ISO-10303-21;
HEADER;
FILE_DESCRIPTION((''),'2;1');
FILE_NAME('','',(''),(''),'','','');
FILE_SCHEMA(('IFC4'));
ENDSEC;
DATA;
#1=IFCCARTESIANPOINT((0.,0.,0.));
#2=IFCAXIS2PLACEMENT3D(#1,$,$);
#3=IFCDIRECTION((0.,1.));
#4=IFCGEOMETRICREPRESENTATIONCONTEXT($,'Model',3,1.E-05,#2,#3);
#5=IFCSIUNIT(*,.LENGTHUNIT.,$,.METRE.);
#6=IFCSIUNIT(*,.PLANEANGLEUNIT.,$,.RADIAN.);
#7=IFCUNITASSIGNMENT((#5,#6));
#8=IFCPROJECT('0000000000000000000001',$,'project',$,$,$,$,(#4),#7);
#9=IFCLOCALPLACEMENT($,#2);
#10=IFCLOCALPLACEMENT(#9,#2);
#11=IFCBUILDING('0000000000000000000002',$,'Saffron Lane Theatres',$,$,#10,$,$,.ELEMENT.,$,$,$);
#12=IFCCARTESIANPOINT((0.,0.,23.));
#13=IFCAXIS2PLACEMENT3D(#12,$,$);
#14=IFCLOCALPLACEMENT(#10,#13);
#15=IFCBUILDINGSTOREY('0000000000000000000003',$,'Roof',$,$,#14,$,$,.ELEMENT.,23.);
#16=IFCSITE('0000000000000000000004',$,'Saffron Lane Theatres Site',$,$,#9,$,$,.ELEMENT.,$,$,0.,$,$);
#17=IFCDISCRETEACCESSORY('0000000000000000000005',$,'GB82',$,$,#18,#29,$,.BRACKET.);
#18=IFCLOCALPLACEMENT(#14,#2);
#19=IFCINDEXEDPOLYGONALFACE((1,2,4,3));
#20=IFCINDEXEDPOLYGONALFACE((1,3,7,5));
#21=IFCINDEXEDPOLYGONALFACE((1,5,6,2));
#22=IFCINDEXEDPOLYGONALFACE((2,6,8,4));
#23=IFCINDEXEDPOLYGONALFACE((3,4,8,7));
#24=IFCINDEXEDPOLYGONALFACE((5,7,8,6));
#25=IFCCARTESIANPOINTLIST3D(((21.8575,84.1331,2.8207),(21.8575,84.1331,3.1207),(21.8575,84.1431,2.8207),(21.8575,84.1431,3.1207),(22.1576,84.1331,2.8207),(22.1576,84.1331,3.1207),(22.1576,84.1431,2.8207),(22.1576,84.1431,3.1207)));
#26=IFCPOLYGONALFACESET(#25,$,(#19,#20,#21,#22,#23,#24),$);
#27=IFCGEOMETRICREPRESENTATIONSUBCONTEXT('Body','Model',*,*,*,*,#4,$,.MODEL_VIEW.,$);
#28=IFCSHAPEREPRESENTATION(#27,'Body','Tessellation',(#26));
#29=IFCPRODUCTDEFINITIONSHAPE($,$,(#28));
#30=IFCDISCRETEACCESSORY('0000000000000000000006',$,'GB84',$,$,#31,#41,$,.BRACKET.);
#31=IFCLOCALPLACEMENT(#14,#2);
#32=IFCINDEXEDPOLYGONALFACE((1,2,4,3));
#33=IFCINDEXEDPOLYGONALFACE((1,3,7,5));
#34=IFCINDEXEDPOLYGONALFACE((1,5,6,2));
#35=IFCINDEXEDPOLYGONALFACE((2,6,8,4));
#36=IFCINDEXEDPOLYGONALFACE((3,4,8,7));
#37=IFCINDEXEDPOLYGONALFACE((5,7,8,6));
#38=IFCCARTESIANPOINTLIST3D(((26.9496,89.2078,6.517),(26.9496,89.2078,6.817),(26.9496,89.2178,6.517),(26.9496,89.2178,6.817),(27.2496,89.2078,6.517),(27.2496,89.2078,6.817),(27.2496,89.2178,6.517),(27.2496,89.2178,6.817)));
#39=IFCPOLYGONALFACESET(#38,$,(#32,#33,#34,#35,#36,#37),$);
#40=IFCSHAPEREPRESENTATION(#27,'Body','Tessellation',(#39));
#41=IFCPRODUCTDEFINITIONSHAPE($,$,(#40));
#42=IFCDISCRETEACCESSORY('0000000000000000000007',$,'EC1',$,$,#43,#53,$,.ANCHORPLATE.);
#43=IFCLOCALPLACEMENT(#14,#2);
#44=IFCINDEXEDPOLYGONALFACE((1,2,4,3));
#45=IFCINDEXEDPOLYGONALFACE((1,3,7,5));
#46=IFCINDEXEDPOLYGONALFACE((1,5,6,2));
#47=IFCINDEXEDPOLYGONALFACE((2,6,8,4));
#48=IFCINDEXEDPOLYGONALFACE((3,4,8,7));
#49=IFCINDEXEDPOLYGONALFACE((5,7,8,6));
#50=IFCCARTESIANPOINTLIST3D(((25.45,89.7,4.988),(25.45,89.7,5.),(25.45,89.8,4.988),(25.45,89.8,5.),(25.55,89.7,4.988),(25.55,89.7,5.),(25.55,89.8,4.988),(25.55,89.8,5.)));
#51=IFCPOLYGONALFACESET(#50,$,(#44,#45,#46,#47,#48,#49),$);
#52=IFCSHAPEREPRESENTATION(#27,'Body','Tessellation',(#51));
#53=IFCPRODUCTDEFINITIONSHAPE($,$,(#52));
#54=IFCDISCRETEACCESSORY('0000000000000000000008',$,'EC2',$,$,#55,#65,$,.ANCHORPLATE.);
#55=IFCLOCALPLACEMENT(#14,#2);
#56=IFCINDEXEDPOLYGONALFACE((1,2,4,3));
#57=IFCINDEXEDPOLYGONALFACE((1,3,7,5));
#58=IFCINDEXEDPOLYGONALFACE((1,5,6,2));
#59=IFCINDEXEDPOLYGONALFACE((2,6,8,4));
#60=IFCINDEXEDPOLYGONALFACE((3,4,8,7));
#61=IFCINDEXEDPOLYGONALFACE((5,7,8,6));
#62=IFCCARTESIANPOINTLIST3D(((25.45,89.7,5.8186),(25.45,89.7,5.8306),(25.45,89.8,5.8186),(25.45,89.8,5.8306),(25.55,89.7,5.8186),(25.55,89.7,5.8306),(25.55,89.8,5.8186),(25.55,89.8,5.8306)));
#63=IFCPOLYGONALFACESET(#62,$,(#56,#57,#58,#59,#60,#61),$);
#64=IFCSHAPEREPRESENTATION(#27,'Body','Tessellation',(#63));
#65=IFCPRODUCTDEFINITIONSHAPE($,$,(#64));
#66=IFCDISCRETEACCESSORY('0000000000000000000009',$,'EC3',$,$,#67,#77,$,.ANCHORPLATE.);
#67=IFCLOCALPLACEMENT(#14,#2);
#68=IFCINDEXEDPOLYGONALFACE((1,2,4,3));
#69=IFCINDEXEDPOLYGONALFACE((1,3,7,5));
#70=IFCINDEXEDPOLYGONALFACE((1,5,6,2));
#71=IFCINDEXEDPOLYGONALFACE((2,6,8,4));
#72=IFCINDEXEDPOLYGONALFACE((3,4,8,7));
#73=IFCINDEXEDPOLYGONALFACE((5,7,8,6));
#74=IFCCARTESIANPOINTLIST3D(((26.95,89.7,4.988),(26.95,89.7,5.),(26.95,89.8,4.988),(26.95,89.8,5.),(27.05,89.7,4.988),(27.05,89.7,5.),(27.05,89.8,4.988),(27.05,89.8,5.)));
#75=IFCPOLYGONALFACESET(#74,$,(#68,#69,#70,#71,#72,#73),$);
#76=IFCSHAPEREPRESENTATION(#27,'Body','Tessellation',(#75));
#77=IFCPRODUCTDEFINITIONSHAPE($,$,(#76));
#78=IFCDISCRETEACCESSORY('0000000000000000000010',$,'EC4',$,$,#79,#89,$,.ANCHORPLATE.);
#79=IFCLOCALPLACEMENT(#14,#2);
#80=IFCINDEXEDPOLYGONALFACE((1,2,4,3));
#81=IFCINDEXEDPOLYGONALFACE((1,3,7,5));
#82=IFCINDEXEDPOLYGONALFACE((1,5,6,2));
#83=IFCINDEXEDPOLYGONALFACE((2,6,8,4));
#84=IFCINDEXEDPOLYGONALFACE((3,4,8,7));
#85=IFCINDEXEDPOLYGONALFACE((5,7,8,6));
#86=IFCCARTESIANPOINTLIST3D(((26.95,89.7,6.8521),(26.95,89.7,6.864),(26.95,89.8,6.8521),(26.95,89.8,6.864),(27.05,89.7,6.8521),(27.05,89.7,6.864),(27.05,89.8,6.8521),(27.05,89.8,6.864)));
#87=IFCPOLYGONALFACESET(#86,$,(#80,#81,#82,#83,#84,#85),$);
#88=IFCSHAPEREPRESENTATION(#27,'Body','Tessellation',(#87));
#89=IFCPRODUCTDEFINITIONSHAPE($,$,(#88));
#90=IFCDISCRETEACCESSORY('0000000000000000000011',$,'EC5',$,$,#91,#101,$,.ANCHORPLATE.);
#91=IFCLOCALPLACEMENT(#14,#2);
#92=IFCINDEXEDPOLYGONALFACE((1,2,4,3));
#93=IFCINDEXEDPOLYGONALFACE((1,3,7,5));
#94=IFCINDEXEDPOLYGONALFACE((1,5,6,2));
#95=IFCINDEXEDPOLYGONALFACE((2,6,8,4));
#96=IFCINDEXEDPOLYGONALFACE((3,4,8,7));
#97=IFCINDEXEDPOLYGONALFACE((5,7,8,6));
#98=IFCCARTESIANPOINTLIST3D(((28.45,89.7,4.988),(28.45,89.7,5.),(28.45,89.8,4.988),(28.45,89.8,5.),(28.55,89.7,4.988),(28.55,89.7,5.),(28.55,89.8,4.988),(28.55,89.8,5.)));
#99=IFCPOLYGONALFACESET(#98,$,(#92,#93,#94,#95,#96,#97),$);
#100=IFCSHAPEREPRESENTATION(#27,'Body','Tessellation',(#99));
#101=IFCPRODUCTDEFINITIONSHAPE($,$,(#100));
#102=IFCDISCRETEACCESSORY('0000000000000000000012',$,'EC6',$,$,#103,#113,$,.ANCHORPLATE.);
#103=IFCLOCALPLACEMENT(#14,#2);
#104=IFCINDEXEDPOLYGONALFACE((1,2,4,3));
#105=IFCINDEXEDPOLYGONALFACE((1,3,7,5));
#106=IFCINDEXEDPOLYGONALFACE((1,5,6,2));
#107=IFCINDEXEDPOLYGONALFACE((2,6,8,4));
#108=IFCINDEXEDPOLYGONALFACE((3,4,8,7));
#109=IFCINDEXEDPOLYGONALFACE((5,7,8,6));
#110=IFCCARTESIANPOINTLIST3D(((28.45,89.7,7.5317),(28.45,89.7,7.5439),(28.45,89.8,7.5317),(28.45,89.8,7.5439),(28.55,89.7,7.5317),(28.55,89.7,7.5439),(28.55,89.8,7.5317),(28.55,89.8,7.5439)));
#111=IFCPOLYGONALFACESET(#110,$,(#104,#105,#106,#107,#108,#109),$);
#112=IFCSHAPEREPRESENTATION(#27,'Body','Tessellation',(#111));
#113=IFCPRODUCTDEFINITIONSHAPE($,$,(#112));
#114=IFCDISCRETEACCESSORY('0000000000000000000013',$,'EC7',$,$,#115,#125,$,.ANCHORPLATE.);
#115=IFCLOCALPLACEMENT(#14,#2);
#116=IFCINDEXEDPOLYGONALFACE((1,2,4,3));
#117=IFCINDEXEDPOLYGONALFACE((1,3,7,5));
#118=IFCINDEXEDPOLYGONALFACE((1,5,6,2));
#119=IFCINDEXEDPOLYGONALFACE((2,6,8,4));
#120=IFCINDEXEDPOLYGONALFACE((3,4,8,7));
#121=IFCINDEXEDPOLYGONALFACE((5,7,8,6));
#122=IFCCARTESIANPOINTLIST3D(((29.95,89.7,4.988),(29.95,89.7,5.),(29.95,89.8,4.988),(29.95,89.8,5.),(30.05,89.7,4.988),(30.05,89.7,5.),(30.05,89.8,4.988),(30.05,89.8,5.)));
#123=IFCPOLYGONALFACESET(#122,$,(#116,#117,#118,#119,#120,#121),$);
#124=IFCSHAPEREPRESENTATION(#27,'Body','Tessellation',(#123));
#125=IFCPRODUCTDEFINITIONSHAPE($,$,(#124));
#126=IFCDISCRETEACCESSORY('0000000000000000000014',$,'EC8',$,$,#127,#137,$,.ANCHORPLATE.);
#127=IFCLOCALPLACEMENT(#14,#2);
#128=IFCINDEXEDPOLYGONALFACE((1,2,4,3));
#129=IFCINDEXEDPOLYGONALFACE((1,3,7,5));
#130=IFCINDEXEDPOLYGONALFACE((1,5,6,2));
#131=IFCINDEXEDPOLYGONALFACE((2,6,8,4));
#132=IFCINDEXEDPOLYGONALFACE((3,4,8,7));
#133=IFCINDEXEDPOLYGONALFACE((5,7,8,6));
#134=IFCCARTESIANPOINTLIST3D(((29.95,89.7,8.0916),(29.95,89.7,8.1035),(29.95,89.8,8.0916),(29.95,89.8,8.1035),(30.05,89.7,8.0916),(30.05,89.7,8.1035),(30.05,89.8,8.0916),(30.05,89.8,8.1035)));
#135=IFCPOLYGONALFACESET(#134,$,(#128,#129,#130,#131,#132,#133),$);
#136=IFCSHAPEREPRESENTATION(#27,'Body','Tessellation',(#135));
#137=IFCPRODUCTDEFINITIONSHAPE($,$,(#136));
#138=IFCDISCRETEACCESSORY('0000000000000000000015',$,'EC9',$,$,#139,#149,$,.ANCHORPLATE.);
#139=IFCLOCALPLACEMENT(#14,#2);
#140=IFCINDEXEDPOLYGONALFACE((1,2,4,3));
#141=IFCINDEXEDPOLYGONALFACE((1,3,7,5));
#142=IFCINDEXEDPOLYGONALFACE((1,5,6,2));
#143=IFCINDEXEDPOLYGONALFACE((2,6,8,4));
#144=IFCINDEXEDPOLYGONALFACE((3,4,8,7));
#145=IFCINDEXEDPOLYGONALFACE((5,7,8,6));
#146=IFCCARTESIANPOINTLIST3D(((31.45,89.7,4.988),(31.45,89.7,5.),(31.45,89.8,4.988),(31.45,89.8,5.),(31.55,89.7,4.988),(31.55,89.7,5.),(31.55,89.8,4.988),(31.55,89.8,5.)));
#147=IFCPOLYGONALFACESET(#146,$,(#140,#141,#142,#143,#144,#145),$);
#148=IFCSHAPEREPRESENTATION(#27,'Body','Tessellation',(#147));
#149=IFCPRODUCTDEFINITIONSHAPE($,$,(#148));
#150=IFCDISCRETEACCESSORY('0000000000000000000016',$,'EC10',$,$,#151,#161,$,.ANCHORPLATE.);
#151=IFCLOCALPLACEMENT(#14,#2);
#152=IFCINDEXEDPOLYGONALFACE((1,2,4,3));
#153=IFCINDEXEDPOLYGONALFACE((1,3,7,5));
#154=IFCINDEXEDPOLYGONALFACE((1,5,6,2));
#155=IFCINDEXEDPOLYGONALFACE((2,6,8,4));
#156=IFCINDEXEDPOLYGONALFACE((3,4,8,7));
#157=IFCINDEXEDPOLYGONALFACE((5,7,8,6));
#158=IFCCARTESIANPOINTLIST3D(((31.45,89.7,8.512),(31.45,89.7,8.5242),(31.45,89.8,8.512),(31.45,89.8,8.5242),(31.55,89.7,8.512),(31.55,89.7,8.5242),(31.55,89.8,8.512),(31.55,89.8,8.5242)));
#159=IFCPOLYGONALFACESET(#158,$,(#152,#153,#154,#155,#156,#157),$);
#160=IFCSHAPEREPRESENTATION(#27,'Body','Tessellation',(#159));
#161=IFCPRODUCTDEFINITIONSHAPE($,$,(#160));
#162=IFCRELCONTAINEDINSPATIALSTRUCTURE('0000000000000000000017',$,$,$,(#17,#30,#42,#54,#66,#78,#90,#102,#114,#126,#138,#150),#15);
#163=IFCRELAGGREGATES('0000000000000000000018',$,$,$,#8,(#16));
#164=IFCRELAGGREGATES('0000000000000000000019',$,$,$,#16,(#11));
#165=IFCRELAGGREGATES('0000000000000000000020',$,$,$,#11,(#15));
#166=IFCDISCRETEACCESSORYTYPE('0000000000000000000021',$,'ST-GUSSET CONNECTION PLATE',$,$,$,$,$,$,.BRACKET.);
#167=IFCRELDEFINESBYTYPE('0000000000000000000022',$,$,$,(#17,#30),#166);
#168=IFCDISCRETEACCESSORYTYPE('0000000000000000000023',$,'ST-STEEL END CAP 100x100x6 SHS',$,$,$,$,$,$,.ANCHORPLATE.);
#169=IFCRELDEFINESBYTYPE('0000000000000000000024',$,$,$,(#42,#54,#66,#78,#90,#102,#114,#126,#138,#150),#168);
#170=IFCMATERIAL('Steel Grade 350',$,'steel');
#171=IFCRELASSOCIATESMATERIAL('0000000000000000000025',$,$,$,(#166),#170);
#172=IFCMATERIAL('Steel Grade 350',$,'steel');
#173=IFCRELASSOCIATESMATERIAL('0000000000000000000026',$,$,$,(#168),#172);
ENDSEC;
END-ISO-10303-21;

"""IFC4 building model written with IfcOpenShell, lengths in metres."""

from ifc_helpers import new_model, si_unit, direction, frame, origin, origin_2d, place, context, subcontext, project, spatial, rectangle, extrude, material, material_profile, profile_set, type_object, element, save


model = new_model("IFC4")

# Units and contexts
model_context = context("Model", 3, precision=1e-05, world=origin(), true_north=direction((0.0, 1.0)))
body_context = subcontext(model_context, "Body", "Model", "MODEL_VIEW")
ifc_project = project(units=[si_unit("LENGTHUNIT", "METRE"), si_unit("PLANEANGLEUNIT", "RADIAN")], contexts=[model_context])

# Site, building, storey
site_placement = place(None, origin())
site = spatial("IfcSite", under=ifc_project, at=site_placement, Name="Saffron Lane Theatres Site", CompositionType="ELEMENT", RefElevation=0.0)
building_placement = place(site_placement, origin())
building = spatial("IfcBuilding", under=site, at=building_placement, Name="Saffron Lane Theatres", CompositionType="ELEMENT")
storey_placement = place(building_placement, frame((0.0, 0.0, 23.0)))
storey = spatial("IfcBuildingStorey", under=building, at=storey_placement, Name="Roof", CompositionType="ELEMENT", Elevation=23.0)

# Discrete accessories
ifc_material_1 = material(Name="Steel Grade 350", Category="steel")
ifc_material_profile_1 = material_profile(ifc_material_1, rectangle(XDim=0.3, YDim=0.3, at=origin_2d()))
ifc_profile_set_1 = profile_set([ifc_material_profile_1], Name="Steel Grade 350")
discrete_accessory_type_1 = type_object("IfcDiscreteAccessoryType", Name="ST-GUSSET CONNECTION PLATE", PredefinedType="BRACKET", material=ifc_profile_set_1)
for number, where, z_axis, x_axis, name in (
    (1, (22.0076, 84.1331, 2.9707), (0.0, 1.0, 0.0), (-1.0, 0.0, 0.0), "GB82"),
    (2, (27.0996, 89.2178, 6.667), (0.0, -1.0, 0.0), (1.0, 0.0, 0.0), "GB84"),
):
    element("IfcDiscreteAccessory", number, at=place(storey_placement, frame(where, z_axis=z_axis, x_axis=x_axis)), inside=storey, type_object=discrete_accessory_type_1, Name=name, PredefinedType="BRACKET", context=body_context, shape_type="SweptSolid", body=[
        extrude(rectangle(XDim=0.3, YDim=0.3, at=origin_2d()), origin(), (0.0, 0.0, 1.0), 0.01),
    ])
ifc_material_2 = material(Name="Steel Grade 350", Category="steel")
ifc_material_profile_2 = material_profile(ifc_material_2, rectangle(XDim=0.1001, YDim=0.1001, at=origin_2d()))
ifc_profile_set_2 = profile_set([ifc_material_profile_2], Name="Steel Grade 350")
discrete_accessory_type_2 = type_object("IfcDiscreteAccessoryType", Name="ST-STEEL END CAP 100x100x6 SHS", PredefinedType="ANCHORPLATE", material=ifc_profile_set_2)
for number, where, z_axis, x_axis, name in (
    (3, (25.5, 89.75, 4.988), (0.0, 0.0, 1.0), (1.0, 0.0, 0.0), "EC1"),
    (4, (25.5, 89.75, 5.8186), (0.0, 0.0, 1.0), (1.0, 0.0, 0.0), "EC2"),
    (5, (27.0, 89.75, 4.988), (0.0, 0.0, 1.0), (1.0, 0.0, 0.0), "EC3"),
    (6, (27.0, 89.75, 6.8521), (0.0, 0.0, 1.0), (1.0, 0.0, 0.0), "EC4"),
    (7, (28.5, 89.75, 4.988), (0.0, 0.0, 1.0), (1.0, 0.0, 0.0), "EC5"),
):
    element("IfcDiscreteAccessory", number, at=place(storey_placement, frame(where, z_axis=z_axis, x_axis=x_axis)), inside=storey, type_object=discrete_accessory_type_2, Name=name, PredefinedType="ANCHORPLATE", context=body_context, shape_type="SweptSolid", body=[
        extrude(rectangle(XDim=0.1001, YDim=0.1001, at=origin_2d()), origin(), (0.0, 0.0, 1.0), 0.012),
    ])
discrete_accessory_1_placement = place(storey_placement, frame((28.5, 89.75, 7.5317), z_axis=(0.0, 0.0, 1.0), x_axis=(1.0, 0.0, 0.0)))
element("IfcDiscreteAccessory", 8, at=discrete_accessory_1_placement, inside=storey, type_object=discrete_accessory_type_2, Name="EC6", PredefinedType="ANCHORPLATE", context=body_context, shape_type="SweptSolid", body=[
    extrude(rectangle(XDim=0.1001, YDim=0.1001, at=origin_2d()), origin(), (0.0, 0.0, 1.0), 0.0122),
])
for number, where, z_axis, x_axis, name in (
    (9, (30.0, 89.75, 4.988), (0.0, 0.0, 1.0), (1.0, 0.0, 0.0), "EC7"),
    (10, (30.0, 89.75, 8.0916), (0.0, 0.0, 1.0), (1.0, 0.0, 0.0), "EC8"),
    (11, (31.5, 89.75, 4.988), (0.0, 0.0, 1.0), (1.0, 0.0, 0.0), "EC9"),
):
    element("IfcDiscreteAccessory", number, at=place(storey_placement, frame(where, z_axis=z_axis, x_axis=x_axis)), inside=storey, type_object=discrete_accessory_type_2, Name=name, PredefinedType="ANCHORPLATE", context=body_context, shape_type="SweptSolid", body=[
        extrude(rectangle(XDim=0.1001, YDim=0.1001, at=origin_2d()), origin(), (0.0, 0.0, 1.0), 0.012),
    ])
discrete_accessory_2_placement = place(storey_placement, frame((31.5, 89.75, 8.512), z_axis=(0.0, 0.0, 1.0), x_axis=(1.0, 0.0, 0.0)))
element("IfcDiscreteAccessory", 12, at=discrete_accessory_2_placement, inside=storey, type_object=discrete_accessory_type_2, Name="EC10", PredefinedType="ANCHORPLATE", context=body_context, shape_type="SweptSolid", body=[
    extrude(rectangle(XDim=0.1001, YDim=0.1001, at=origin_2d()), origin(), (0.0, 0.0, 1.0), 0.0122),
])

save(model, "model.ifc")
